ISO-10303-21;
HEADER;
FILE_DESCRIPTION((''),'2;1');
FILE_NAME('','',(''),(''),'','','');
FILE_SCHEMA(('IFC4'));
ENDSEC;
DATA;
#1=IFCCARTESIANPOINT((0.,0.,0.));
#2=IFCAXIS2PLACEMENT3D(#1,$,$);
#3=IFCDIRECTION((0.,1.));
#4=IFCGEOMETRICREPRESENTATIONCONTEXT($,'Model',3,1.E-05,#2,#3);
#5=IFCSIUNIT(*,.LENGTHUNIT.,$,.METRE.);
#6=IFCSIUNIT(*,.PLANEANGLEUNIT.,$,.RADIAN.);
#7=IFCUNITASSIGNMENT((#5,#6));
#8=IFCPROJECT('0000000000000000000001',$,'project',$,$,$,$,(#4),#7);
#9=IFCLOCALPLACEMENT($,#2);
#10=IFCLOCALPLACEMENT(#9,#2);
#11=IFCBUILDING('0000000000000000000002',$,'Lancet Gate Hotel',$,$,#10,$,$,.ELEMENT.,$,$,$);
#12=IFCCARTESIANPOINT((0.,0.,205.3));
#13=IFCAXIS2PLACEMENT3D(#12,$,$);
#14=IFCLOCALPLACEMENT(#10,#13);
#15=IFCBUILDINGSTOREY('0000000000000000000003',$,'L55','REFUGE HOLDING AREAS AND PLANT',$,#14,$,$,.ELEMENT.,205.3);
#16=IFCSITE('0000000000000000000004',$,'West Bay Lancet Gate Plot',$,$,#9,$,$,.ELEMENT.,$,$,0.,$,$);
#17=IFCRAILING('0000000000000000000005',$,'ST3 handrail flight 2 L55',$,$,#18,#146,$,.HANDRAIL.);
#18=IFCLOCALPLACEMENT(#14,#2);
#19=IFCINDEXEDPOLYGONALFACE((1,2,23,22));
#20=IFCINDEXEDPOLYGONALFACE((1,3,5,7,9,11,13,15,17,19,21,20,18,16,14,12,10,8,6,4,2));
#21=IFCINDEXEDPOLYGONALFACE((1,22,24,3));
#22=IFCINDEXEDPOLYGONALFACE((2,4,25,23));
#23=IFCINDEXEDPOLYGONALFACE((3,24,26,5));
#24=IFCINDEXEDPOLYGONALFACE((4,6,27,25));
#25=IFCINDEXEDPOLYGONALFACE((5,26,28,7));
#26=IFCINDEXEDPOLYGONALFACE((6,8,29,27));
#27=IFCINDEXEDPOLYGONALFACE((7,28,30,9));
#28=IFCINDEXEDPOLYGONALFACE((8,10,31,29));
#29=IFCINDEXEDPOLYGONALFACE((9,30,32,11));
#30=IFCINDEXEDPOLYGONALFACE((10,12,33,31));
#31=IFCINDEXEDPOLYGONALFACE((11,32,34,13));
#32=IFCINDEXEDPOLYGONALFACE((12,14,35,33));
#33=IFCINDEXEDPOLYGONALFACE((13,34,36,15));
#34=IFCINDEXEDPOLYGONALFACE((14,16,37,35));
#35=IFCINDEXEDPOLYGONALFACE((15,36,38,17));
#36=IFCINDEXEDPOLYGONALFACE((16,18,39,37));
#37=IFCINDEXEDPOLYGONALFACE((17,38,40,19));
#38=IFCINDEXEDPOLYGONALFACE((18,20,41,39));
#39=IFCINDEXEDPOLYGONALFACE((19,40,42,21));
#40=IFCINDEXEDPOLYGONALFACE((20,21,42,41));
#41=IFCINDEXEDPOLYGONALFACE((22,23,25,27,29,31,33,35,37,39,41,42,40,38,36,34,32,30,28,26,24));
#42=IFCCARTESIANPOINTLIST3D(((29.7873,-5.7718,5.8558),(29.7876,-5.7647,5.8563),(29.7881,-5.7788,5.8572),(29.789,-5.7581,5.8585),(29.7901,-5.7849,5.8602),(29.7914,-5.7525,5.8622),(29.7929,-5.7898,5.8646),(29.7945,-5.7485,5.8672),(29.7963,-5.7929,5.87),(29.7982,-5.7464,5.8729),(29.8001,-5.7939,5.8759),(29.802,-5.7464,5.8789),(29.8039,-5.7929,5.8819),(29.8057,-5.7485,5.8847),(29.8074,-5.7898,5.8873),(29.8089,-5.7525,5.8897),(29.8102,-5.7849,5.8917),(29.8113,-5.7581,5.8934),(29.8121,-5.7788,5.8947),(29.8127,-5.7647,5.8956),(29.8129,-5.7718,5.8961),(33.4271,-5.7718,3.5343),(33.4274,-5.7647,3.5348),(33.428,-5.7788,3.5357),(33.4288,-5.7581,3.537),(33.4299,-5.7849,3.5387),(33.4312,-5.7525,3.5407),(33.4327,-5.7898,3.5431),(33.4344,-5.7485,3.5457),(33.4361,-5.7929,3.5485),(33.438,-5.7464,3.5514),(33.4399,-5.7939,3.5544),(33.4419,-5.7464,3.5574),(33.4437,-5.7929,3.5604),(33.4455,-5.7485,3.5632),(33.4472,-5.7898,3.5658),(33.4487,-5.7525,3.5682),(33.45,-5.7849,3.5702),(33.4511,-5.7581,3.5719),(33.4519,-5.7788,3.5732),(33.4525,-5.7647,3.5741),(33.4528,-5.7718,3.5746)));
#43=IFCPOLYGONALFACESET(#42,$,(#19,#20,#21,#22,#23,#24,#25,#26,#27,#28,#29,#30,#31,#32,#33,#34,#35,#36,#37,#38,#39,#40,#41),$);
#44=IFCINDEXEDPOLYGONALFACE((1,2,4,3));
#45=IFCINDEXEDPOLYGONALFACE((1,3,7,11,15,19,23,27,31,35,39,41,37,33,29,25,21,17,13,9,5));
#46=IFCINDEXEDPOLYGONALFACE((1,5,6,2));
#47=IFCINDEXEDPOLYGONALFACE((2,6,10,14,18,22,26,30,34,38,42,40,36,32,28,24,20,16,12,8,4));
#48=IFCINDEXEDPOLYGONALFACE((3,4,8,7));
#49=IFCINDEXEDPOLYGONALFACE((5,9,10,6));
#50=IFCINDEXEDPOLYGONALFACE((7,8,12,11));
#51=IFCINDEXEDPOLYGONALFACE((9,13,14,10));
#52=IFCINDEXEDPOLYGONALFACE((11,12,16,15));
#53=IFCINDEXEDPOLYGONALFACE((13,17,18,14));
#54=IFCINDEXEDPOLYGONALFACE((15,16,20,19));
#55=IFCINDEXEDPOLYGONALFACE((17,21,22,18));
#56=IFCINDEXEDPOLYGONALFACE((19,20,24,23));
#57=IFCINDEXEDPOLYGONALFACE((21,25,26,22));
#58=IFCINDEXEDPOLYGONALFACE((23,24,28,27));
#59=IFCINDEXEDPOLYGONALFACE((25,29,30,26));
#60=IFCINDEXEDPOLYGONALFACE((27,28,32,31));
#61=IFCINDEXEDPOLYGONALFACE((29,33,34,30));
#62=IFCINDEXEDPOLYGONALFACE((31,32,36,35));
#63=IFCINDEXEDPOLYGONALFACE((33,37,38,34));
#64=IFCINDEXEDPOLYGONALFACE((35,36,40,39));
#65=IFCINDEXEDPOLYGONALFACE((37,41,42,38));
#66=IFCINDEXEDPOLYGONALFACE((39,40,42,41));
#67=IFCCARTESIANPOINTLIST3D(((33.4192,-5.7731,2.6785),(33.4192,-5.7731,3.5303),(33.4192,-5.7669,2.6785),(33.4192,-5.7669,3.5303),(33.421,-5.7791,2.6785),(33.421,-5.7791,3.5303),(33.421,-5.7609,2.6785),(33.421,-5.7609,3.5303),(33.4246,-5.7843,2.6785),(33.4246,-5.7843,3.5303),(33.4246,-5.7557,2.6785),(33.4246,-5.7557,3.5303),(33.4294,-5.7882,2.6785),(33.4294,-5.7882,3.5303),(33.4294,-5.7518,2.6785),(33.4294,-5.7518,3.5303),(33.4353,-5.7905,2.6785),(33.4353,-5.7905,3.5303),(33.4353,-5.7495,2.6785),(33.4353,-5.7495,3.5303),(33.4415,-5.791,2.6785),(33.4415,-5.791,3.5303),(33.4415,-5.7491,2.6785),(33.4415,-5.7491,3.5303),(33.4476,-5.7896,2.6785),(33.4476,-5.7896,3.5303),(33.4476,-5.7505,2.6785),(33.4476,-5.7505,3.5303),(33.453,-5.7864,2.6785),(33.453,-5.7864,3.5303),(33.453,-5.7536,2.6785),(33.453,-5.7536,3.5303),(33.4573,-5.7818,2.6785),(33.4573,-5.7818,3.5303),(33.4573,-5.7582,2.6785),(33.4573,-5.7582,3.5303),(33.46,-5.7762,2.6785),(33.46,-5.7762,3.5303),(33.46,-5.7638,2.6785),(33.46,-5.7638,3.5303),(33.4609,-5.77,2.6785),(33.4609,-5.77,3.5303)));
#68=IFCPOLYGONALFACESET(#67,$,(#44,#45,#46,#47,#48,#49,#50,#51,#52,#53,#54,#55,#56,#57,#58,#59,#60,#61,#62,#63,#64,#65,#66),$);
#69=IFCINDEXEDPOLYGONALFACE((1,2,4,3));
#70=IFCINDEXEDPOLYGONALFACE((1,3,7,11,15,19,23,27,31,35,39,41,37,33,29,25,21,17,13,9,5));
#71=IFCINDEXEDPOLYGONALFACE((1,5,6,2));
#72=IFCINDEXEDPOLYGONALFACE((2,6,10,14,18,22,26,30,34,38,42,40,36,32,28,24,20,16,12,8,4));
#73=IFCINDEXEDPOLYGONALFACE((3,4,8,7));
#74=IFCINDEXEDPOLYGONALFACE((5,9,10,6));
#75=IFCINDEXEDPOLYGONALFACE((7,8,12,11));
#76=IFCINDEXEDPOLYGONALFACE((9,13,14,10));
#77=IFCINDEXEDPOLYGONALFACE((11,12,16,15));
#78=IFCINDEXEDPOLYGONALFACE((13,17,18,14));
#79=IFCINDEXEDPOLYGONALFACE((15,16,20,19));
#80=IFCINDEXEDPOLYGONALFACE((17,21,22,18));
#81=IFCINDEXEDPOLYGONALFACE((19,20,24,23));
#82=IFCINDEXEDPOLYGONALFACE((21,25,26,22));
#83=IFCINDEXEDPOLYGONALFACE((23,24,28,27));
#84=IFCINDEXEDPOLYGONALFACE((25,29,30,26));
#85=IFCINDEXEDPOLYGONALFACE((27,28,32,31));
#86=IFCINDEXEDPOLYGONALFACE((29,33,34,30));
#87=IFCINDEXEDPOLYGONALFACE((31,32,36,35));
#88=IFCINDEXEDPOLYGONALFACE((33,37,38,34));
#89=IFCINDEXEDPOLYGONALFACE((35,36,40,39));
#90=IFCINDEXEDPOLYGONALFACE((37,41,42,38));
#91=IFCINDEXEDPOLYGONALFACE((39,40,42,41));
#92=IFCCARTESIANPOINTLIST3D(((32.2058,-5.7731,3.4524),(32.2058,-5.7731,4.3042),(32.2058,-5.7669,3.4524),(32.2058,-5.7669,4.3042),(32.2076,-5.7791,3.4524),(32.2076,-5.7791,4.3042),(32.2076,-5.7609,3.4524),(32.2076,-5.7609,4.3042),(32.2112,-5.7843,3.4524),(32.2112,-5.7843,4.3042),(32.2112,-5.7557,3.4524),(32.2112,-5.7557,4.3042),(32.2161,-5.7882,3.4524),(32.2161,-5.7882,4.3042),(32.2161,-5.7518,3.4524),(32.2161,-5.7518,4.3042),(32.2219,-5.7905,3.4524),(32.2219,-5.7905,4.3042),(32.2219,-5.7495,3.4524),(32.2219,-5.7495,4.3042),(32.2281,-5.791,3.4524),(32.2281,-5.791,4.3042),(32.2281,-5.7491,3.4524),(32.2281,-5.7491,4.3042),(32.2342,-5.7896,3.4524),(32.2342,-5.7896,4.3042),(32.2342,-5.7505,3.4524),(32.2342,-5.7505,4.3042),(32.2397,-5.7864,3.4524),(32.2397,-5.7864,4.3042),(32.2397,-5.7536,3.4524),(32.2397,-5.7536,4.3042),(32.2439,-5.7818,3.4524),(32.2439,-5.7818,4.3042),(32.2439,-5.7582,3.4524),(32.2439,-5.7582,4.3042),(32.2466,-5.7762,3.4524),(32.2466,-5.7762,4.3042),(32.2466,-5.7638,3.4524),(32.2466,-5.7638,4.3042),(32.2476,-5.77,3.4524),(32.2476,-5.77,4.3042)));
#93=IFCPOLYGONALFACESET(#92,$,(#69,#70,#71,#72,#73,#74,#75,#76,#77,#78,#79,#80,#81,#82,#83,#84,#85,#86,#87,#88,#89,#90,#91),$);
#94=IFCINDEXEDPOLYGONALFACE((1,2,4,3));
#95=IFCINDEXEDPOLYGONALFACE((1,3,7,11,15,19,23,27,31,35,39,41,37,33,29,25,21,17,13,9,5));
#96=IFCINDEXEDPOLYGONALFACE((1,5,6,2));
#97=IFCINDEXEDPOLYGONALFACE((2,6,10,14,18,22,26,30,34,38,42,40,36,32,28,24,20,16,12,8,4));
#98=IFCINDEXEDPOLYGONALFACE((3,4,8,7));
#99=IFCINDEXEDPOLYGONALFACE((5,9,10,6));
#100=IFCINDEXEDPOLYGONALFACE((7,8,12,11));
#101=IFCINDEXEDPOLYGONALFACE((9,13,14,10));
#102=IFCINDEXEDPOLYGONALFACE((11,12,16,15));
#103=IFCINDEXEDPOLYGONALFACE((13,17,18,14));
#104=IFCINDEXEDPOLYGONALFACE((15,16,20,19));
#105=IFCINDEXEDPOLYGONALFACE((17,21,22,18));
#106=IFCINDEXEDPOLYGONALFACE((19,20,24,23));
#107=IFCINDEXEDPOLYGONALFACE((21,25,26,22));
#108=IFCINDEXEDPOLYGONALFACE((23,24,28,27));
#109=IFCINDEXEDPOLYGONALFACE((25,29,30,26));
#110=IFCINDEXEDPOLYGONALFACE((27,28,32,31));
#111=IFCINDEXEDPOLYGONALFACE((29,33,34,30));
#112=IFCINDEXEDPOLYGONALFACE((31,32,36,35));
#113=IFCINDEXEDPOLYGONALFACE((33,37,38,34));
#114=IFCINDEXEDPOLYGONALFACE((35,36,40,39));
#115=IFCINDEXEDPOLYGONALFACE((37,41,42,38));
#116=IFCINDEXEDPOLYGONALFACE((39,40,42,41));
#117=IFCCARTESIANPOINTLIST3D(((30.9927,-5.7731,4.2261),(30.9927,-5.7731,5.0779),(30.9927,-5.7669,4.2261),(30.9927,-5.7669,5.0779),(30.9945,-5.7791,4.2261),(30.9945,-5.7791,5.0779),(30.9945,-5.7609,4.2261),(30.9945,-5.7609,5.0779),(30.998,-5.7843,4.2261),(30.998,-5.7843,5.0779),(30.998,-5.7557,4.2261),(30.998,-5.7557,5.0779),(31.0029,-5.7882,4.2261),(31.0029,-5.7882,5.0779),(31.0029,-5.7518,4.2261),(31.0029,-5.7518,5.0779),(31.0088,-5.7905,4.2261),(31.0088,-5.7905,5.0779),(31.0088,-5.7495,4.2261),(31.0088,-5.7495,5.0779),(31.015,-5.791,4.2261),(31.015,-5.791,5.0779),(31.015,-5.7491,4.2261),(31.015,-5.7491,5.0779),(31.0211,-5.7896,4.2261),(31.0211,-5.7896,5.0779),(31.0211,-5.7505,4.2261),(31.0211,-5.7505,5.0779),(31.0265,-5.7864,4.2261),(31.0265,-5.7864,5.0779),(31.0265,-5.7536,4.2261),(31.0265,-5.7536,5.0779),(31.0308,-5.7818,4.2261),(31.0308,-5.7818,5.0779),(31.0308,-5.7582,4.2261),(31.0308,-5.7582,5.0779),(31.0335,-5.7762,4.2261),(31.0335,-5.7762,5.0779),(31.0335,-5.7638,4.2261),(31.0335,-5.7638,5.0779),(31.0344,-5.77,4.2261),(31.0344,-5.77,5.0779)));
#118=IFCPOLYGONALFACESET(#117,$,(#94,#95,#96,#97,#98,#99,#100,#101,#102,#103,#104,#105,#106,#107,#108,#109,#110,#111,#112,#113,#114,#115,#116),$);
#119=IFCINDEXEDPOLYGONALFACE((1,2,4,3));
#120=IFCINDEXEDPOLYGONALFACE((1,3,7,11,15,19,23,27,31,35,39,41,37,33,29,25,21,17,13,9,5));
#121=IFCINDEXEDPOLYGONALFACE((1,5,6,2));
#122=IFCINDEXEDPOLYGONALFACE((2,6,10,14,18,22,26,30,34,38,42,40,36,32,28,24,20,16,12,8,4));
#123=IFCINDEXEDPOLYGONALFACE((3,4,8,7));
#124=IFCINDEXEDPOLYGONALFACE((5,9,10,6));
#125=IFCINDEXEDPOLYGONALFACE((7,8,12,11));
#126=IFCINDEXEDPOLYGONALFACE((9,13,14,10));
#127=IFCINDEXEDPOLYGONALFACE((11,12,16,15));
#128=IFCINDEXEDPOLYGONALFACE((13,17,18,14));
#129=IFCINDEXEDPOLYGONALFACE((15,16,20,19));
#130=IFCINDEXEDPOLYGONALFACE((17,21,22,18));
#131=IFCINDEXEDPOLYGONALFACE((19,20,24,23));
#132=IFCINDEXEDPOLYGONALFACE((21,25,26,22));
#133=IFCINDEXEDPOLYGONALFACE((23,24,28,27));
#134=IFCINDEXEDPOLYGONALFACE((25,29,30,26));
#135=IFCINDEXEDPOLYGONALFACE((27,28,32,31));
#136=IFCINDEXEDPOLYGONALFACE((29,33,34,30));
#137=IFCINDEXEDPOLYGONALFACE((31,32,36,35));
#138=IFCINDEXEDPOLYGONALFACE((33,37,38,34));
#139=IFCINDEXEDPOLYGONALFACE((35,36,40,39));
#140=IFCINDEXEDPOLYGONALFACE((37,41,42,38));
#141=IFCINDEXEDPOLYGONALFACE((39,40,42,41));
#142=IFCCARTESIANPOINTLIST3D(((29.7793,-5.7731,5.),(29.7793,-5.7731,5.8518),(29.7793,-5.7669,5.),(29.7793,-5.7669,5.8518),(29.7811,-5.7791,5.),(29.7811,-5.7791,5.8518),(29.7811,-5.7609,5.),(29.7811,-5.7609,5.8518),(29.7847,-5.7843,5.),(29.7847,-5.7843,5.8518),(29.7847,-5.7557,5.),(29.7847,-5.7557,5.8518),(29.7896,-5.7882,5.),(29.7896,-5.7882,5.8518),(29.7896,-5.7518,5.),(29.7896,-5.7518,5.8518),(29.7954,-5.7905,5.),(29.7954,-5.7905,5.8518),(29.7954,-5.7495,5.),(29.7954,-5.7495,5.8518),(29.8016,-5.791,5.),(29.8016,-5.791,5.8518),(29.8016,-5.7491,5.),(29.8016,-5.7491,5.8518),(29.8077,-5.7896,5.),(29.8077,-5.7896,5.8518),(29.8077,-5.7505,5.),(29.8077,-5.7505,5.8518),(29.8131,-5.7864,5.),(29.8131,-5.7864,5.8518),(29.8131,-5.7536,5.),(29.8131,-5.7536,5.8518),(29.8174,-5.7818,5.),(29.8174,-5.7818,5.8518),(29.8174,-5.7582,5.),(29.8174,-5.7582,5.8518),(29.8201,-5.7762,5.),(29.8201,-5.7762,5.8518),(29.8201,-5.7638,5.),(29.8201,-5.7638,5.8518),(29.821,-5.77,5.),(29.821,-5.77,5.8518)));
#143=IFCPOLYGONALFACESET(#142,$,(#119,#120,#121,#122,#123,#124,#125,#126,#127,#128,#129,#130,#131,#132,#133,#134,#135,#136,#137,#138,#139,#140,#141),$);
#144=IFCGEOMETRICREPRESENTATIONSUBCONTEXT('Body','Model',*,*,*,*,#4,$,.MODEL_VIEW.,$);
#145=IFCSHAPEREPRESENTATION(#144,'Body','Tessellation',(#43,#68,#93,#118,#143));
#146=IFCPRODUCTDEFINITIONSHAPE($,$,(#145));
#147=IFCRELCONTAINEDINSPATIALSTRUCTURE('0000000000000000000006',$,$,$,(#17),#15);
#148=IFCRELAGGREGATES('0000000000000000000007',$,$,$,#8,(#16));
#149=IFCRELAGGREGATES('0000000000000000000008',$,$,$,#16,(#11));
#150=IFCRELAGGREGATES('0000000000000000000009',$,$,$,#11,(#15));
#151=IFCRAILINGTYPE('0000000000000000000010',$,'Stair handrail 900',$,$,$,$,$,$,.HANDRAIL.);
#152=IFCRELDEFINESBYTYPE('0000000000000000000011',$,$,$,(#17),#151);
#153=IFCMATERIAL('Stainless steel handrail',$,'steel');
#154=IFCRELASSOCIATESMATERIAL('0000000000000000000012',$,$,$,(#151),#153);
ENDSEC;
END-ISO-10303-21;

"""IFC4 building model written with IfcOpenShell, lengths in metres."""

from ifc_helpers import new_model, si_unit, direction, frame, origin, origin_2d, place, context, subcontext, project, spatial, circle, extrude, material, type_object, element, save


model = new_model("IFC4")

# Units and contexts
model_context = context("Model", 3, precision=1e-05, world=origin(), true_north=direction((0.0, 1.0)))
body_context = subcontext(model_context, "Body", "Model", "MODEL_VIEW")
ifc_project = project(units=[si_unit("LENGTHUNIT", "METRE"), si_unit("PLANEANGLEUNIT", "RADIAN")], contexts=[model_context])

# Site, building, storey
site_placement = place(None, origin())
site = spatial("IfcSite", under=ifc_project, at=site_placement, Name="West Bay Lancet Gate Plot", CompositionType="ELEMENT", RefElevation=0.0)
building_placement = place(site_placement, origin())
building = spatial("IfcBuilding", under=site, at=building_placement, Name="Lancet Gate Hotel", CompositionType="ELEMENT")
storey_placement = place(building_placement, frame((0.0, 0.0, 205.3)))
storey = spatial("IfcBuildingStorey", under=building, at=storey_placement, Name="L55", Description="REFUGE HOLDING AREAS AND PLANT", CompositionType="ELEMENT", Elevation=205.3)

# Railing
ifc_material_1 = material(Name="Stainless steel handrail", Category="steel")
railing_type = type_object("IfcRailingType", Name="Stair handrail 900", PredefinedType="HANDRAIL", material=ifc_material_1)
railing_1_placement = place(storey_placement, frame((33.4399, -5.77, 2.6785)))
element("IfcRailing", 1, at=railing_1_placement, inside=storey, type_object=railing_type, Name="ST3 handrail flight 2 L55", PredefinedType="HANDRAIL", context=body_context, shape_type="SweptSolid", body=[
    extrude(circle(Radius=0.0239, at=origin_2d()), frame((0.0, 0.0, 0.876), z_axis=(-0.843112, 0.0, 0.537739), x_axis=(0.0, -1.0, 0.0)), (0.0, 0.0, 1.0), 4.3171),
    extrude(circle(Radius=0.021, at=origin_2d()), origin(), (0.0, 0.0, 1.0), 0.8518),
    extrude(circle(Radius=0.021, at=origin_2d()), frame((-1.2134, 0.0, 0.7739)), (0.0, 0.0, 1.0), 0.8518),
    extrude(circle(Radius=0.021, at=origin_2d()), frame((-2.4265, 0.0, 1.5476)), (0.0, 0.0, 1.0), 0.8518),
    extrude(circle(Radius=0.021, at=origin_2d()), frame((-3.6399, 0.0, 2.3215)), (0.0, 0.0, 1.0), 0.8518),
])

save(model, "model.ifc")
